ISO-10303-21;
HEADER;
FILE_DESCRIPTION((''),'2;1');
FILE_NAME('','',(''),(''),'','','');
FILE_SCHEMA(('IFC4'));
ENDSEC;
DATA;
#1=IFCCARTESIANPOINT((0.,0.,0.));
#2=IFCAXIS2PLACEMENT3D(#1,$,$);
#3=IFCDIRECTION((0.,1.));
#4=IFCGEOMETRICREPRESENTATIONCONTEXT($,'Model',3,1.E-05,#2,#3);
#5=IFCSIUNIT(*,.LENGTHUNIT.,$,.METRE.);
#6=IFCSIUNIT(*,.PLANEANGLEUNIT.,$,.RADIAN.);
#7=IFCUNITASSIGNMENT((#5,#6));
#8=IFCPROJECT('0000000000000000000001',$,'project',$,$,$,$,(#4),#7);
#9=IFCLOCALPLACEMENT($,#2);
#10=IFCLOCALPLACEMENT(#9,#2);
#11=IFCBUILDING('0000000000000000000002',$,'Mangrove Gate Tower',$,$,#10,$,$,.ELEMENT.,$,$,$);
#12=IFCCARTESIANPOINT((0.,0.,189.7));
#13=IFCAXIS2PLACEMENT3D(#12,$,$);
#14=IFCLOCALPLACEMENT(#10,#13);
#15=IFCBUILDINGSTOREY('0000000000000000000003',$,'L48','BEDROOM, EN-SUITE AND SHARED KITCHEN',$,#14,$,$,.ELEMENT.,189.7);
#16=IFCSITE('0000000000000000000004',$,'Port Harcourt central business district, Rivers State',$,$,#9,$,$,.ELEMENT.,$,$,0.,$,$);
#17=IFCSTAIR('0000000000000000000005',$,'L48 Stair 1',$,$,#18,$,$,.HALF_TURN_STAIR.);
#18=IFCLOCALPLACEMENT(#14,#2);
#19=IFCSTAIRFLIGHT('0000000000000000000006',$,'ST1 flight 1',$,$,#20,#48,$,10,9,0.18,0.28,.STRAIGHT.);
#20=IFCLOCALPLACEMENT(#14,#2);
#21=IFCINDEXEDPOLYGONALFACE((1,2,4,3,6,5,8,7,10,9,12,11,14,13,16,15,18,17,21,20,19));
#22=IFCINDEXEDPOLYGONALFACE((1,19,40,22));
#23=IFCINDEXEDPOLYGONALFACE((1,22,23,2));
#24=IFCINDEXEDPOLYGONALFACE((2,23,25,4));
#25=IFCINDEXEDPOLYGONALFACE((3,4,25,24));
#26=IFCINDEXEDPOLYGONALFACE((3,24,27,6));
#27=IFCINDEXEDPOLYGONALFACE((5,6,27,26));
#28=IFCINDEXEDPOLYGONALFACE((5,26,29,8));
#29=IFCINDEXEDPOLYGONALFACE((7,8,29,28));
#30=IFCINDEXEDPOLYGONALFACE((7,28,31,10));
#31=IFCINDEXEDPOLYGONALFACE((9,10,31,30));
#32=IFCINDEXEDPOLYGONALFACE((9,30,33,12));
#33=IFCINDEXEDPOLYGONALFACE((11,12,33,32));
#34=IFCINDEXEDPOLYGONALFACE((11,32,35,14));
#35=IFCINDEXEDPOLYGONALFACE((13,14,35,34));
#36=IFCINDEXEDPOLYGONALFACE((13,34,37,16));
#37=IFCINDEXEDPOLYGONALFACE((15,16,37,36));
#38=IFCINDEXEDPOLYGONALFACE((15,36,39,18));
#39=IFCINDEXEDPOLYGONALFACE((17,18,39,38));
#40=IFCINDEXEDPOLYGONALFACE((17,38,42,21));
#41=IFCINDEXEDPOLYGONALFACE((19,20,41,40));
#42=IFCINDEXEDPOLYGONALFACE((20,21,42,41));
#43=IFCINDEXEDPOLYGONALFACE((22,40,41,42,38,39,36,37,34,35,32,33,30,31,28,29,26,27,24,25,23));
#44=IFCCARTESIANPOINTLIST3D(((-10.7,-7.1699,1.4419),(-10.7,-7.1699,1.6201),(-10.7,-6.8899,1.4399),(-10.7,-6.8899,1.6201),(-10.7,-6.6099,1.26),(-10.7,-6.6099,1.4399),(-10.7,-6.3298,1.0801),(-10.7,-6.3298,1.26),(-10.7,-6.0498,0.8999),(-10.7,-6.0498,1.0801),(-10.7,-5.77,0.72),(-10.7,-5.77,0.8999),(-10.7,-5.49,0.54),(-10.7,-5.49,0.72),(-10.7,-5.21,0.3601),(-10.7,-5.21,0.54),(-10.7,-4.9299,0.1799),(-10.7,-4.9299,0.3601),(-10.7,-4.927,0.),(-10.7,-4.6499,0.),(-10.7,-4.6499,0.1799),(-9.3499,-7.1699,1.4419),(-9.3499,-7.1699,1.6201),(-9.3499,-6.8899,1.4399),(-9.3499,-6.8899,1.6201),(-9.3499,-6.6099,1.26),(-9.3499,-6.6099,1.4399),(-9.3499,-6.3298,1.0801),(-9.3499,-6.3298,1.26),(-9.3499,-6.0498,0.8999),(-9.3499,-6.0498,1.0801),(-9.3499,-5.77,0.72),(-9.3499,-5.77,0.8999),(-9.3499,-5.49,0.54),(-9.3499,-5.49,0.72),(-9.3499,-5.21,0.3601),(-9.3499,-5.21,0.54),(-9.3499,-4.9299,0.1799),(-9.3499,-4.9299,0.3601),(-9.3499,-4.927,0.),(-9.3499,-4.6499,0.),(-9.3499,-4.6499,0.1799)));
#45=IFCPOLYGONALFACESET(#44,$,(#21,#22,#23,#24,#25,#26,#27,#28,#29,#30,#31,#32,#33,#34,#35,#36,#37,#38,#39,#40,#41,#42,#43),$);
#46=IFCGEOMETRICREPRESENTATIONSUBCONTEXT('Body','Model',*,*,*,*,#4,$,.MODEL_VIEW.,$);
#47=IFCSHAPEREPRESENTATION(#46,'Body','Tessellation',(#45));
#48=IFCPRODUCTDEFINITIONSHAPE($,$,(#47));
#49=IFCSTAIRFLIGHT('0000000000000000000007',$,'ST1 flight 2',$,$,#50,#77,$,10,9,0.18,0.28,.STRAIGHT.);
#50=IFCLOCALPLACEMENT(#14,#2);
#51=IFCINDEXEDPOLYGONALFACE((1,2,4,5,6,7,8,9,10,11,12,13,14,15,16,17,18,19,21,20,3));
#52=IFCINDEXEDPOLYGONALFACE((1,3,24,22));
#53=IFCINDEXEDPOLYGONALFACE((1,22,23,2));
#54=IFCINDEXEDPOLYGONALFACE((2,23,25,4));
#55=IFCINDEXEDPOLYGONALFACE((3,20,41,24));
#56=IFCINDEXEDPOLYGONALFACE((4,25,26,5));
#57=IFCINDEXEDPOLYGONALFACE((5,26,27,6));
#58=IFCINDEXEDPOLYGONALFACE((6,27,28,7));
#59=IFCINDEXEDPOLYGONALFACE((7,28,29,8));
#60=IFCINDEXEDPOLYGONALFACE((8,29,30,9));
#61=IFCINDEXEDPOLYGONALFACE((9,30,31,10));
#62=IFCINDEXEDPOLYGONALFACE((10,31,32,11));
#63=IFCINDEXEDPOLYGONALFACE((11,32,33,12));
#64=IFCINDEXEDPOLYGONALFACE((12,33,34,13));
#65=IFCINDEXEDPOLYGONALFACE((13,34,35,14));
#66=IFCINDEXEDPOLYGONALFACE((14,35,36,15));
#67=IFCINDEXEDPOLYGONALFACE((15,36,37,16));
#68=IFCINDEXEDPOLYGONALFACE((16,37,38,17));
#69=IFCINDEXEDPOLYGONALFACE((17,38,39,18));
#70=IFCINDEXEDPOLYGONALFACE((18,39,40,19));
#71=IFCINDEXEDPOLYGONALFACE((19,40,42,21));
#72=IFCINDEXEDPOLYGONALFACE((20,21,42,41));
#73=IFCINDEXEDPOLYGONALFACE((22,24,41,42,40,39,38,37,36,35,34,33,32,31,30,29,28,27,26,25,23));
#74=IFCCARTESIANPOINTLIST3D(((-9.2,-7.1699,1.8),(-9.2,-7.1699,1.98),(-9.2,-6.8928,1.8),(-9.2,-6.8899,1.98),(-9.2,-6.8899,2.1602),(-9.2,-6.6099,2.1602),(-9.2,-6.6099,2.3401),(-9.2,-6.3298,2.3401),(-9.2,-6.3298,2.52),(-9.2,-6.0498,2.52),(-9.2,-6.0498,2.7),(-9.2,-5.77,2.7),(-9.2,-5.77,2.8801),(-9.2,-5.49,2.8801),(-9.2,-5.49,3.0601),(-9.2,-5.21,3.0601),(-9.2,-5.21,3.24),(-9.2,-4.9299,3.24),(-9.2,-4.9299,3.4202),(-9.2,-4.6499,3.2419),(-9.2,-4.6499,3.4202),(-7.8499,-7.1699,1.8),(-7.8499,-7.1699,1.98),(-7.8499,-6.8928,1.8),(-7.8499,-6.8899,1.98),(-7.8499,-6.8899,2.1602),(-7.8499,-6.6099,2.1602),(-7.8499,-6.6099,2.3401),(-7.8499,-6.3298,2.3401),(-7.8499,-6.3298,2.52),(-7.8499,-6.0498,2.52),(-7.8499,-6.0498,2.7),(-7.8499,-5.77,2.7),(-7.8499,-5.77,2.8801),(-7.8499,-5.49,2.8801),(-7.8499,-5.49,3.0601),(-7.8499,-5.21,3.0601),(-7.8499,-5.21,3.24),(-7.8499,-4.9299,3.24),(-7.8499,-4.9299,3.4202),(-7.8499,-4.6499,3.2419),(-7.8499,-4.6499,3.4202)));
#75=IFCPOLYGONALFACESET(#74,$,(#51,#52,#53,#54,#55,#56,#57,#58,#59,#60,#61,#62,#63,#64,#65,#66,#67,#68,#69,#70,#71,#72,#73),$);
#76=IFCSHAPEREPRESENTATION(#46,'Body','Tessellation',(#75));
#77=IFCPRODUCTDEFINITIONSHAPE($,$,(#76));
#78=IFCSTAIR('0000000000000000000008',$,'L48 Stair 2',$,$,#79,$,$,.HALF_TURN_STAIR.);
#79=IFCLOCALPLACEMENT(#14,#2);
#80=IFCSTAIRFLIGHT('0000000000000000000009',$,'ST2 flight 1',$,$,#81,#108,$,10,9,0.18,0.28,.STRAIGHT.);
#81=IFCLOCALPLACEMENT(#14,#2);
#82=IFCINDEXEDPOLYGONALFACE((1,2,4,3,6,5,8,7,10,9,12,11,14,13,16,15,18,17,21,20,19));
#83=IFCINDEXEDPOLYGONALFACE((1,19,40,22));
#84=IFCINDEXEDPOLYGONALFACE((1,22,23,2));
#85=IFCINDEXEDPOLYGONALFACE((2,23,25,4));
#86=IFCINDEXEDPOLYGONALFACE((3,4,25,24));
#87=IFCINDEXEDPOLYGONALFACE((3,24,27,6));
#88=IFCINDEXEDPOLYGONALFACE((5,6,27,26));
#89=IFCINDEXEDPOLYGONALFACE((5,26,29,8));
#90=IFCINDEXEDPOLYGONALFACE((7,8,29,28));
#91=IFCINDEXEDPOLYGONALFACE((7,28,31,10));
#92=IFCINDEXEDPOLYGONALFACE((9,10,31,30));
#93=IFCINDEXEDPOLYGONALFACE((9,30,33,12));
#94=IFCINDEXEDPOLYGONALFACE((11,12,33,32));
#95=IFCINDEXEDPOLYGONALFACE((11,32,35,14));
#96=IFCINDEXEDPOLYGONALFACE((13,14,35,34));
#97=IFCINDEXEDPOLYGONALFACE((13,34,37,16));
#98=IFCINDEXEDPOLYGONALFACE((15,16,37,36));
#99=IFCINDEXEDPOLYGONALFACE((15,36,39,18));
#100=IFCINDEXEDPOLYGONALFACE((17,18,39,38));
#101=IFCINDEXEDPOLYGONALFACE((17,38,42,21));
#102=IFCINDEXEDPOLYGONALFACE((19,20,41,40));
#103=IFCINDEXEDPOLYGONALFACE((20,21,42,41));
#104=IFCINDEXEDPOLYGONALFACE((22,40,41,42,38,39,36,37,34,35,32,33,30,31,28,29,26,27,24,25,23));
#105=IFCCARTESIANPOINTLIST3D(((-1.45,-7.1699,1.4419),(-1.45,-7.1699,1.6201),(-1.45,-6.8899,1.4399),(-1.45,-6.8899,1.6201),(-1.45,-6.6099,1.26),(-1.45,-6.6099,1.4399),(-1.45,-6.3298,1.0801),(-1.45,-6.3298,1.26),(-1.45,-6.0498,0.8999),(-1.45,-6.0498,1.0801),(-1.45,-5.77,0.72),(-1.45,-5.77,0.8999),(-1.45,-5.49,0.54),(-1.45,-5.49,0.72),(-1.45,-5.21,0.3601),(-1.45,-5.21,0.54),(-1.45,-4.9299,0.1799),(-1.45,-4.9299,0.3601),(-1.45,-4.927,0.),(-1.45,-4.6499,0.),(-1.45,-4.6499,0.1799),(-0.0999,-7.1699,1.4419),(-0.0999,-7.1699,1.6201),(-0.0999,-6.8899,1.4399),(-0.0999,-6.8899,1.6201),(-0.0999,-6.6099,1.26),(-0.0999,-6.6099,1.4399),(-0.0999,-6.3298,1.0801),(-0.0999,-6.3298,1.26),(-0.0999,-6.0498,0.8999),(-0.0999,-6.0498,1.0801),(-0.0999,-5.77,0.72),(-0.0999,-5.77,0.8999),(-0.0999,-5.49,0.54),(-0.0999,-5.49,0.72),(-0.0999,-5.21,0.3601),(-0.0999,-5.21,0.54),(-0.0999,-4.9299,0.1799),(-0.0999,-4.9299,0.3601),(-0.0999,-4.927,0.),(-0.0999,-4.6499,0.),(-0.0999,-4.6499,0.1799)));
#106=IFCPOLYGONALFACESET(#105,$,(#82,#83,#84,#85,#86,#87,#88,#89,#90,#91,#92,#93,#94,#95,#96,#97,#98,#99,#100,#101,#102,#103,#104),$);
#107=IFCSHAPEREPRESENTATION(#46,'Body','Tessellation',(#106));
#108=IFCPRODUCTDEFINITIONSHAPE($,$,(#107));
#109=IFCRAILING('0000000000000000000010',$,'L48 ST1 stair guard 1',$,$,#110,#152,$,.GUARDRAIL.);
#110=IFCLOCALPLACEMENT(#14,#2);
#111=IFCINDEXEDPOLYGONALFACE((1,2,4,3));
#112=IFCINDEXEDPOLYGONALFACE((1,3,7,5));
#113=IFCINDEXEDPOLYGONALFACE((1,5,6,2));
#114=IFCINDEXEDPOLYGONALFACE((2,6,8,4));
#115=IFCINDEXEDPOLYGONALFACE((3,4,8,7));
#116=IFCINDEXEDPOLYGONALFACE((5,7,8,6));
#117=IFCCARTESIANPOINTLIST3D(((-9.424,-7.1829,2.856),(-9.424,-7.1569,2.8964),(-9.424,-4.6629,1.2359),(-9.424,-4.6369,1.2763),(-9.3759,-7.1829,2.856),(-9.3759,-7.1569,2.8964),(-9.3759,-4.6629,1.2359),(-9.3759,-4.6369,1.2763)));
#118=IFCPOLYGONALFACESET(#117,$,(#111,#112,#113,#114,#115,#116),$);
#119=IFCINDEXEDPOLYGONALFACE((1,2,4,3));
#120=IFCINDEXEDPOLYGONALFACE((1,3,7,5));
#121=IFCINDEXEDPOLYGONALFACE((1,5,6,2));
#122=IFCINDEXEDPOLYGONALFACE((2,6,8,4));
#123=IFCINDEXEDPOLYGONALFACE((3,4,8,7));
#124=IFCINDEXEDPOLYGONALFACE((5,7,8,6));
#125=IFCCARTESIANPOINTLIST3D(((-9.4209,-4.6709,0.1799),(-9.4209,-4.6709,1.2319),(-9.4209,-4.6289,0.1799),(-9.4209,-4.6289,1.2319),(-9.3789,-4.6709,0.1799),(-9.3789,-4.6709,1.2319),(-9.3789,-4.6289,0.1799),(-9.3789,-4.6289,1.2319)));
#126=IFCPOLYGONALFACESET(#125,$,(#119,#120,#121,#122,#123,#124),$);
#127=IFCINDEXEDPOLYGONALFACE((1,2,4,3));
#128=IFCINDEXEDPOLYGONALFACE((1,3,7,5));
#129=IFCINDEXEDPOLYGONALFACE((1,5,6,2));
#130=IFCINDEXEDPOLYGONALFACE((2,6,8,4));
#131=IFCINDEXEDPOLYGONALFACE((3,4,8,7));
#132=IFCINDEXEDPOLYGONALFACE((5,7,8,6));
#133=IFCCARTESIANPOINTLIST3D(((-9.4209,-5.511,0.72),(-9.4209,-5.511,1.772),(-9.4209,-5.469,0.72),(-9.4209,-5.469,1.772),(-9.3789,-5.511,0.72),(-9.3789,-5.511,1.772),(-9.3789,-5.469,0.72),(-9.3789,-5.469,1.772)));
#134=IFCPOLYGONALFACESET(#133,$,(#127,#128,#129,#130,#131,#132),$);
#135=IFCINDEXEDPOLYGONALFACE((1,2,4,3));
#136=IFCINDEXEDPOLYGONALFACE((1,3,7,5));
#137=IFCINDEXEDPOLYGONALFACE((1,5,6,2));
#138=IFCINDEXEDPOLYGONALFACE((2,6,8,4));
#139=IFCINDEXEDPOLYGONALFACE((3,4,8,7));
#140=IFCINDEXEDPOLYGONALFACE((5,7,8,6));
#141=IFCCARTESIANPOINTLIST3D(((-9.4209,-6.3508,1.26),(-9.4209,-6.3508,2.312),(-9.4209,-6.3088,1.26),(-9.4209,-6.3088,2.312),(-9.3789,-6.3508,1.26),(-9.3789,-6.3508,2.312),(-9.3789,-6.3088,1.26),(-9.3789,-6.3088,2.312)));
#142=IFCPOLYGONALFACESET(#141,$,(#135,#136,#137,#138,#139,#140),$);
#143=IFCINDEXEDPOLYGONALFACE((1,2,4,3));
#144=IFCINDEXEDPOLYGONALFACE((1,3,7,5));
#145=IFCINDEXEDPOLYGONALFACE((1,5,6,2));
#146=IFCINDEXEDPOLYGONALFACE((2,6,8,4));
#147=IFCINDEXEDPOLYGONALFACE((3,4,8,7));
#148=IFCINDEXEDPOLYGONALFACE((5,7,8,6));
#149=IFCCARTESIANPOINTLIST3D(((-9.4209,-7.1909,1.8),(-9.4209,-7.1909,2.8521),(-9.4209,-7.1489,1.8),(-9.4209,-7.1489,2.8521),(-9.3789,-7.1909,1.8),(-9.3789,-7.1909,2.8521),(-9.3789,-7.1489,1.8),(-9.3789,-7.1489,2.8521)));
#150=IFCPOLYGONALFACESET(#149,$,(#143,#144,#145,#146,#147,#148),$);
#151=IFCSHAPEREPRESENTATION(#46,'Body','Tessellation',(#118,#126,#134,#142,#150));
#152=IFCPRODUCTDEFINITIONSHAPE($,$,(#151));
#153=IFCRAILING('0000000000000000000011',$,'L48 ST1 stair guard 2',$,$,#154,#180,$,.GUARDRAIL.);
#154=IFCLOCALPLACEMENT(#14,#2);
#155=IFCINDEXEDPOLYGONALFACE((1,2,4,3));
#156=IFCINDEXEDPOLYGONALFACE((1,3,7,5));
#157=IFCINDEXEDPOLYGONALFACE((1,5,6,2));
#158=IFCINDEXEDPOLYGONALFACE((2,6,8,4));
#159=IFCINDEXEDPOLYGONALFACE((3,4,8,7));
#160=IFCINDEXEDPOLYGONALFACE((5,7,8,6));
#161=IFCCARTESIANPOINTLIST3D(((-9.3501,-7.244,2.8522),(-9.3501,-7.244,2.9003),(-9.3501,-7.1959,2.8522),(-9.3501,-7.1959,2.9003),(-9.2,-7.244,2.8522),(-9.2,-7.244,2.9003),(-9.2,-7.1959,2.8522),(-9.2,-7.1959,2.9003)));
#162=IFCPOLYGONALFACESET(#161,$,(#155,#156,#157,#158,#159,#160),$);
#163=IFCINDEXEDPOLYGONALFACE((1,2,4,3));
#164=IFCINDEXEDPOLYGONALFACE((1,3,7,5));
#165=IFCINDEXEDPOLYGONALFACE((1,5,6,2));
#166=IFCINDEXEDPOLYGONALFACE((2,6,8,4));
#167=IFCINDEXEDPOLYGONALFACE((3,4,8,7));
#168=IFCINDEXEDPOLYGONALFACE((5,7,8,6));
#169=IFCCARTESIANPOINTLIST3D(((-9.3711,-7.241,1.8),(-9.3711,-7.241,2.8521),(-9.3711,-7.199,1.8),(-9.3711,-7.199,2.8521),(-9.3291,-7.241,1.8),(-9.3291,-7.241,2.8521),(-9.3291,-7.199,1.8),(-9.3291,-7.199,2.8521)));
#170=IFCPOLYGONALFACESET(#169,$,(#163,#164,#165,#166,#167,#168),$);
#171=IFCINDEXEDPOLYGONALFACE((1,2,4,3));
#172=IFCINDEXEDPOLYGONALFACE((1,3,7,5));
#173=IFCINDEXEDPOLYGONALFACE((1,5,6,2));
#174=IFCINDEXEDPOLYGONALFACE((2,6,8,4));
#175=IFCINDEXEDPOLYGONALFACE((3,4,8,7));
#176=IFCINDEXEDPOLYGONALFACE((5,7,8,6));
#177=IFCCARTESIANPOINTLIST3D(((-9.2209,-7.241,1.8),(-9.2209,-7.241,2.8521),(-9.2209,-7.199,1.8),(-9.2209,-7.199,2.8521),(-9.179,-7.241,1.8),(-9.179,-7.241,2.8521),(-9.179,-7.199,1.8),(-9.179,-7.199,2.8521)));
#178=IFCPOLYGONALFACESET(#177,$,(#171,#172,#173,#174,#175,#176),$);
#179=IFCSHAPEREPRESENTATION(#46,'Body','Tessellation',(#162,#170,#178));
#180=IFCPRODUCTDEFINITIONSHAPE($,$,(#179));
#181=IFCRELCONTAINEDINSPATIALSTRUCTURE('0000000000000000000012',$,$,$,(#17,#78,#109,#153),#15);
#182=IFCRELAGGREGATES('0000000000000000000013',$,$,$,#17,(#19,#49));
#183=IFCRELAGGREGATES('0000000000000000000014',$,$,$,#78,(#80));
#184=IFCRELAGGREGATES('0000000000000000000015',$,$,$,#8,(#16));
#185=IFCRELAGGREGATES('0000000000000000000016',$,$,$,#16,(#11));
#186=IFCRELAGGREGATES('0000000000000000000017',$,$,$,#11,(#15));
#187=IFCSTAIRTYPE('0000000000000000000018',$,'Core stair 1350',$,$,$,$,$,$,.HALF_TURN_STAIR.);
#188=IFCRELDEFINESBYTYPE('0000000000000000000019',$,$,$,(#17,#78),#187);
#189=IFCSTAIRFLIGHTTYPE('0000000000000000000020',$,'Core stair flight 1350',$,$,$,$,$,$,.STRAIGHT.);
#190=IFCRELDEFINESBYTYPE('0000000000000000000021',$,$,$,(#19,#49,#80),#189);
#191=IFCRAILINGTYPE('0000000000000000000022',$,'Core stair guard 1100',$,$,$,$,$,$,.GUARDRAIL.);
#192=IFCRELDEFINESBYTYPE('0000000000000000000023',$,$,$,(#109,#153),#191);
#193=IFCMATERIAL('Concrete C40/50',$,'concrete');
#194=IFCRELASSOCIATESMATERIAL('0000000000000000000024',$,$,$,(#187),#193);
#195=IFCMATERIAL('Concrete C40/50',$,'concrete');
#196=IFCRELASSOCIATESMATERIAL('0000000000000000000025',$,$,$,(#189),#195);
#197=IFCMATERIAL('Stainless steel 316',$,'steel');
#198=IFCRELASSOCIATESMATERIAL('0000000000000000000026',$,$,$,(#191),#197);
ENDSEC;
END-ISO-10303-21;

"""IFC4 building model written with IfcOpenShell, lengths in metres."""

from ifc_helpers import new_model, si_unit, direction, frame, origin, origin_2d, place, context, subcontext, project, spatial, polyline, rectangle, outline, extrude, material, type_object, element, aggregate, save


model = new_model("IFC4")

# Units and contexts
model_context = context("Model", 3, precision=1e-05, world=origin(), true_north=direction((0.0, 1.0)))
body_context = subcontext(model_context, "Body", "Model", "MODEL_VIEW")
ifc_project = project(units=[si_unit("LENGTHUNIT", "METRE"), si_unit("PLANEANGLEUNIT", "RADIAN")], contexts=[model_context])

# Site, building, storey
site_placement = place(None, origin())
site = spatial("IfcSite", under=ifc_project, at=site_placement, Name="Port Harcourt central business district, Rivers State", CompositionType="ELEMENT", RefElevation=0.0)
building_placement = place(site_placement, origin())
building = spatial("IfcBuilding", under=site, at=building_placement, Name="Mangrove Gate Tower", CompositionType="ELEMENT")
storey_placement = place(building_placement, frame((0.0, 0.0, 189.7)))
storey = spatial("IfcBuildingStorey", under=building, at=storey_placement, Name="L48", Description="BEDROOM, EN-SUITE AND SHARED KITCHEN", CompositionType="ELEMENT", Elevation=189.7)

# Stair, stair flights
ifc_material_1 = material(Name="Concrete C40/50", Category="concrete")
stair_type = type_object("IfcStairType", Name="Core stair 1350", PredefinedType="HALF_TURN_STAIR", material=ifc_material_1)
stair_1_placement = place(storey_placement, origin())
stair_1 = element("IfcStair", 1, at=stair_1_placement, inside=storey, type_object=stair_type, Name="L48 Stair 1", PredefinedType="HALF_TURN_STAIR")
ifc_material_2 = material(Name="Concrete C40/50", Category="concrete")
stair_flight_type = type_object("IfcStairFlightType", Name="Core stair flight 1350", PredefinedType="STRAIGHT", material=ifc_material_2)
stair_flight_1_placement = place(storey_placement, frame((-10.0249, -4.6499, 0.0), z_axis=(0.0, 0.0, 1.0), x_axis=(0.0, -1.0, 0.0)))
stair_flight_1 = element("IfcStairFlight", 2, at=stair_flight_1_placement, type_object=stair_flight_type, Name="ST1 flight 1", NumberOfRisers=10, NumberOfTreads=9, PredefinedType="STRAIGHT", RiserHeight=0.18, TreadLength=0.28, context=body_context, shape_type="SweptSolid", body=[
    extrude(outline(polyline([(0.0, 0.0), (0.0, 0.1799), (0.28, 0.1799), (0.28, 0.3601), (0.5601, 0.3601), (0.5601, 0.54), (0.8401, 0.54), (0.8401, 0.72), (1.1201, 0.72), (1.1201, 0.8999), (1.3999, 0.8999), (1.3999, 1.0801), (1.6799, 1.0801), (1.6799, 1.26), (1.96, 1.26), (1.96, 1.4399), (2.24, 1.4399), (2.24, 1.6201), (2.52, 1.6201), (2.52, 1.8), (2.52, 1.4419), (0.2771, 0.0), (0.0, 0.0)])), frame((0.0, 0.675, 0.0), z_axis=(0.0, -1.0, 0.0), x_axis=(1.0, 0.0, 0.0)), (0.0, 0.0, 1.0), 1.3501),
])
stair_flight_2_placement = place(storey_placement, frame((-8.5249, -7.1699, 1.8), z_axis=(0.0, 0.0, 1.0), x_axis=(0.0, 1.0, 0.0)))
stair_flight_2 = element("IfcStairFlight", 3, at=stair_flight_2_placement, type_object=stair_flight_type, Name="ST1 flight 2", NumberOfRisers=10, NumberOfTreads=9, PredefinedType="STRAIGHT", RiserHeight=0.18, TreadLength=0.28, context=body_context, shape_type="SweptSolid", body=[
    extrude(outline(polyline([(0.0, 0.0), (0.0, 0.1799), (0.28, 0.1799), (0.28, 0.3601), (0.5601, 0.3601), (0.5601, 0.54), (0.8401, 0.54), (0.8401, 0.72), (1.1201, 0.72), (1.1201, 0.8999), (1.3999, 0.8999), (1.3999, 1.0801), (1.6799, 1.0801), (1.6799, 1.26), (1.96, 1.26), (1.96, 1.4399), (2.24, 1.4399), (2.24, 1.6201), (2.52, 1.6201), (2.52, 1.8), (2.52, 1.4419), (0.2771, 0.0), (0.0, 0.0)])), frame((0.0, 0.675, 0.0), z_axis=(0.0, -1.0, 0.0), x_axis=(1.0, 0.0, 0.0)), (0.0, 0.0, 1.0), 1.3501),
])
aggregate(stair_1, [stair_flight_1, stair_flight_2])

# Stair, stair flight
stair_2_placement = place(storey_placement, origin())
stair_2 = element("IfcStair", 4, at=stair_2_placement, inside=storey, type_object=stair_type, Name="L48 Stair 2", PredefinedType="HALF_TURN_STAIR")
stair_flight_3_placement = place(storey_placement, frame((-0.7749, -4.6499, 0.0), z_axis=(0.0, 0.0, 1.0), x_axis=(0.0, -1.0, 0.0)))
stair_flight_3 = element("IfcStairFlight", 5, at=stair_flight_3_placement, type_object=stair_flight_type, Name="ST2 flight 1", NumberOfRisers=10, NumberOfTreads=9, PredefinedType="STRAIGHT", RiserHeight=0.18, TreadLength=0.28, context=body_context, shape_type="SweptSolid", body=[
    extrude(outline(polyline([(0.0, 0.0), (0.0, 0.1799), (0.28, 0.1799), (0.28, 0.3601), (0.5601, 0.3601), (0.5601, 0.54), (0.8401, 0.54), (0.8401, 0.72), (1.1201, 0.72), (1.1201, 0.8999), (1.3999, 0.8999), (1.3999, 1.0801), (1.6799, 1.0801), (1.6799, 1.26), (1.96, 1.26), (1.96, 1.4399), (2.24, 1.4399), (2.24, 1.6201), (2.52, 1.6201), (2.52, 1.8), (2.52, 1.4419), (0.2771, 0.0), (0.0, 0.0)])), frame((0.0, 0.675, 0.0), z_axis=(0.0, -1.0, 0.0), x_axis=(1.0, 0.0, 0.0)), (0.0, 0.0, 1.0), 1.3501),
])
aggregate(stair_2, [stair_flight_3])

# Railings
ifc_material_3 = material(Name="Stainless steel 316", Category="steel")
railing_type_1 = type_object("IfcRailingType", Name="Core stair guard 1100", PredefinedType="GUARDRAIL", material=ifc_material_3)
railing_1_placement = place(storey_placement, frame((-9.3999, -4.6499, 0.1799)))
element("IfcRailing", 6, at=railing_1_placement, inside=storey, type_object=railing_type_1, Name="L48 ST1 stair guard 1", PredefinedType="GUARDRAIL", context=body_context, shape_type="SweptSolid", body=[
    extrude(rectangle(XDim=0.0481, YDim=0.0481, at=origin_2d()), frame((0.0, 0.0, 1.0762), z_axis=(0.0, -0.841163, 0.540782), x_axis=(1.0, 0.0, 0.0)), (0.0, 0.0, 1.0), 2.9958),
    extrude(rectangle(XDim=0.042, YDim=0.042, at=origin_2d()), origin(), (0.0, 0.0, 1.0), 1.052),
    extrude(rectangle(XDim=0.042, YDim=0.042, at=origin_2d()), frame((0.0, -0.8401, 0.54)), (0.0, 0.0, 1.0), 1.052),
    extrude(rectangle(XDim=0.042, YDim=0.042, at=origin_2d()), frame((0.0, -1.6799, 1.0801)), (0.0, 0.0, 1.0), 1.052),
    extrude(rectangle(XDim=0.042, YDim=0.042, at=origin_2d()), frame((0.0, -2.52, 1.6201)), (0.0, 0.0, 1.0), 1.052),
])
railing_2_placement = place(storey_placement, frame((-9.3501, -7.22, 1.8)))
element("IfcRailing", 7, at=railing_2_placement, inside=storey, type_object=railing_type_1, Name="L48 ST1 stair guard 2", PredefinedType="GUARDRAIL", context=body_context, shape_type="SweptSolid", body=[
    extrude(rectangle(XDim=0.0481, YDim=0.0481, at=origin_2d()), frame((0.0, 0.0, 1.0762), z_axis=(1.0, 0.0, 0.0), x_axis=(0.0, 1.0, 0.0)), (0.0, 0.0, 1.0), 0.1501),
    extrude(rectangle(XDim=0.042, YDim=0.042, at=origin_2d()), origin(), (0.0, 0.0, 1.0), 1.052),
    extrude(rectangle(XDim=0.042, YDim=0.042, at=origin_2d()), frame((0.1501, 0.0, 0.0)), (0.0, 0.0, 1.0), 1.052),
])

save(model, "model.ifc")
